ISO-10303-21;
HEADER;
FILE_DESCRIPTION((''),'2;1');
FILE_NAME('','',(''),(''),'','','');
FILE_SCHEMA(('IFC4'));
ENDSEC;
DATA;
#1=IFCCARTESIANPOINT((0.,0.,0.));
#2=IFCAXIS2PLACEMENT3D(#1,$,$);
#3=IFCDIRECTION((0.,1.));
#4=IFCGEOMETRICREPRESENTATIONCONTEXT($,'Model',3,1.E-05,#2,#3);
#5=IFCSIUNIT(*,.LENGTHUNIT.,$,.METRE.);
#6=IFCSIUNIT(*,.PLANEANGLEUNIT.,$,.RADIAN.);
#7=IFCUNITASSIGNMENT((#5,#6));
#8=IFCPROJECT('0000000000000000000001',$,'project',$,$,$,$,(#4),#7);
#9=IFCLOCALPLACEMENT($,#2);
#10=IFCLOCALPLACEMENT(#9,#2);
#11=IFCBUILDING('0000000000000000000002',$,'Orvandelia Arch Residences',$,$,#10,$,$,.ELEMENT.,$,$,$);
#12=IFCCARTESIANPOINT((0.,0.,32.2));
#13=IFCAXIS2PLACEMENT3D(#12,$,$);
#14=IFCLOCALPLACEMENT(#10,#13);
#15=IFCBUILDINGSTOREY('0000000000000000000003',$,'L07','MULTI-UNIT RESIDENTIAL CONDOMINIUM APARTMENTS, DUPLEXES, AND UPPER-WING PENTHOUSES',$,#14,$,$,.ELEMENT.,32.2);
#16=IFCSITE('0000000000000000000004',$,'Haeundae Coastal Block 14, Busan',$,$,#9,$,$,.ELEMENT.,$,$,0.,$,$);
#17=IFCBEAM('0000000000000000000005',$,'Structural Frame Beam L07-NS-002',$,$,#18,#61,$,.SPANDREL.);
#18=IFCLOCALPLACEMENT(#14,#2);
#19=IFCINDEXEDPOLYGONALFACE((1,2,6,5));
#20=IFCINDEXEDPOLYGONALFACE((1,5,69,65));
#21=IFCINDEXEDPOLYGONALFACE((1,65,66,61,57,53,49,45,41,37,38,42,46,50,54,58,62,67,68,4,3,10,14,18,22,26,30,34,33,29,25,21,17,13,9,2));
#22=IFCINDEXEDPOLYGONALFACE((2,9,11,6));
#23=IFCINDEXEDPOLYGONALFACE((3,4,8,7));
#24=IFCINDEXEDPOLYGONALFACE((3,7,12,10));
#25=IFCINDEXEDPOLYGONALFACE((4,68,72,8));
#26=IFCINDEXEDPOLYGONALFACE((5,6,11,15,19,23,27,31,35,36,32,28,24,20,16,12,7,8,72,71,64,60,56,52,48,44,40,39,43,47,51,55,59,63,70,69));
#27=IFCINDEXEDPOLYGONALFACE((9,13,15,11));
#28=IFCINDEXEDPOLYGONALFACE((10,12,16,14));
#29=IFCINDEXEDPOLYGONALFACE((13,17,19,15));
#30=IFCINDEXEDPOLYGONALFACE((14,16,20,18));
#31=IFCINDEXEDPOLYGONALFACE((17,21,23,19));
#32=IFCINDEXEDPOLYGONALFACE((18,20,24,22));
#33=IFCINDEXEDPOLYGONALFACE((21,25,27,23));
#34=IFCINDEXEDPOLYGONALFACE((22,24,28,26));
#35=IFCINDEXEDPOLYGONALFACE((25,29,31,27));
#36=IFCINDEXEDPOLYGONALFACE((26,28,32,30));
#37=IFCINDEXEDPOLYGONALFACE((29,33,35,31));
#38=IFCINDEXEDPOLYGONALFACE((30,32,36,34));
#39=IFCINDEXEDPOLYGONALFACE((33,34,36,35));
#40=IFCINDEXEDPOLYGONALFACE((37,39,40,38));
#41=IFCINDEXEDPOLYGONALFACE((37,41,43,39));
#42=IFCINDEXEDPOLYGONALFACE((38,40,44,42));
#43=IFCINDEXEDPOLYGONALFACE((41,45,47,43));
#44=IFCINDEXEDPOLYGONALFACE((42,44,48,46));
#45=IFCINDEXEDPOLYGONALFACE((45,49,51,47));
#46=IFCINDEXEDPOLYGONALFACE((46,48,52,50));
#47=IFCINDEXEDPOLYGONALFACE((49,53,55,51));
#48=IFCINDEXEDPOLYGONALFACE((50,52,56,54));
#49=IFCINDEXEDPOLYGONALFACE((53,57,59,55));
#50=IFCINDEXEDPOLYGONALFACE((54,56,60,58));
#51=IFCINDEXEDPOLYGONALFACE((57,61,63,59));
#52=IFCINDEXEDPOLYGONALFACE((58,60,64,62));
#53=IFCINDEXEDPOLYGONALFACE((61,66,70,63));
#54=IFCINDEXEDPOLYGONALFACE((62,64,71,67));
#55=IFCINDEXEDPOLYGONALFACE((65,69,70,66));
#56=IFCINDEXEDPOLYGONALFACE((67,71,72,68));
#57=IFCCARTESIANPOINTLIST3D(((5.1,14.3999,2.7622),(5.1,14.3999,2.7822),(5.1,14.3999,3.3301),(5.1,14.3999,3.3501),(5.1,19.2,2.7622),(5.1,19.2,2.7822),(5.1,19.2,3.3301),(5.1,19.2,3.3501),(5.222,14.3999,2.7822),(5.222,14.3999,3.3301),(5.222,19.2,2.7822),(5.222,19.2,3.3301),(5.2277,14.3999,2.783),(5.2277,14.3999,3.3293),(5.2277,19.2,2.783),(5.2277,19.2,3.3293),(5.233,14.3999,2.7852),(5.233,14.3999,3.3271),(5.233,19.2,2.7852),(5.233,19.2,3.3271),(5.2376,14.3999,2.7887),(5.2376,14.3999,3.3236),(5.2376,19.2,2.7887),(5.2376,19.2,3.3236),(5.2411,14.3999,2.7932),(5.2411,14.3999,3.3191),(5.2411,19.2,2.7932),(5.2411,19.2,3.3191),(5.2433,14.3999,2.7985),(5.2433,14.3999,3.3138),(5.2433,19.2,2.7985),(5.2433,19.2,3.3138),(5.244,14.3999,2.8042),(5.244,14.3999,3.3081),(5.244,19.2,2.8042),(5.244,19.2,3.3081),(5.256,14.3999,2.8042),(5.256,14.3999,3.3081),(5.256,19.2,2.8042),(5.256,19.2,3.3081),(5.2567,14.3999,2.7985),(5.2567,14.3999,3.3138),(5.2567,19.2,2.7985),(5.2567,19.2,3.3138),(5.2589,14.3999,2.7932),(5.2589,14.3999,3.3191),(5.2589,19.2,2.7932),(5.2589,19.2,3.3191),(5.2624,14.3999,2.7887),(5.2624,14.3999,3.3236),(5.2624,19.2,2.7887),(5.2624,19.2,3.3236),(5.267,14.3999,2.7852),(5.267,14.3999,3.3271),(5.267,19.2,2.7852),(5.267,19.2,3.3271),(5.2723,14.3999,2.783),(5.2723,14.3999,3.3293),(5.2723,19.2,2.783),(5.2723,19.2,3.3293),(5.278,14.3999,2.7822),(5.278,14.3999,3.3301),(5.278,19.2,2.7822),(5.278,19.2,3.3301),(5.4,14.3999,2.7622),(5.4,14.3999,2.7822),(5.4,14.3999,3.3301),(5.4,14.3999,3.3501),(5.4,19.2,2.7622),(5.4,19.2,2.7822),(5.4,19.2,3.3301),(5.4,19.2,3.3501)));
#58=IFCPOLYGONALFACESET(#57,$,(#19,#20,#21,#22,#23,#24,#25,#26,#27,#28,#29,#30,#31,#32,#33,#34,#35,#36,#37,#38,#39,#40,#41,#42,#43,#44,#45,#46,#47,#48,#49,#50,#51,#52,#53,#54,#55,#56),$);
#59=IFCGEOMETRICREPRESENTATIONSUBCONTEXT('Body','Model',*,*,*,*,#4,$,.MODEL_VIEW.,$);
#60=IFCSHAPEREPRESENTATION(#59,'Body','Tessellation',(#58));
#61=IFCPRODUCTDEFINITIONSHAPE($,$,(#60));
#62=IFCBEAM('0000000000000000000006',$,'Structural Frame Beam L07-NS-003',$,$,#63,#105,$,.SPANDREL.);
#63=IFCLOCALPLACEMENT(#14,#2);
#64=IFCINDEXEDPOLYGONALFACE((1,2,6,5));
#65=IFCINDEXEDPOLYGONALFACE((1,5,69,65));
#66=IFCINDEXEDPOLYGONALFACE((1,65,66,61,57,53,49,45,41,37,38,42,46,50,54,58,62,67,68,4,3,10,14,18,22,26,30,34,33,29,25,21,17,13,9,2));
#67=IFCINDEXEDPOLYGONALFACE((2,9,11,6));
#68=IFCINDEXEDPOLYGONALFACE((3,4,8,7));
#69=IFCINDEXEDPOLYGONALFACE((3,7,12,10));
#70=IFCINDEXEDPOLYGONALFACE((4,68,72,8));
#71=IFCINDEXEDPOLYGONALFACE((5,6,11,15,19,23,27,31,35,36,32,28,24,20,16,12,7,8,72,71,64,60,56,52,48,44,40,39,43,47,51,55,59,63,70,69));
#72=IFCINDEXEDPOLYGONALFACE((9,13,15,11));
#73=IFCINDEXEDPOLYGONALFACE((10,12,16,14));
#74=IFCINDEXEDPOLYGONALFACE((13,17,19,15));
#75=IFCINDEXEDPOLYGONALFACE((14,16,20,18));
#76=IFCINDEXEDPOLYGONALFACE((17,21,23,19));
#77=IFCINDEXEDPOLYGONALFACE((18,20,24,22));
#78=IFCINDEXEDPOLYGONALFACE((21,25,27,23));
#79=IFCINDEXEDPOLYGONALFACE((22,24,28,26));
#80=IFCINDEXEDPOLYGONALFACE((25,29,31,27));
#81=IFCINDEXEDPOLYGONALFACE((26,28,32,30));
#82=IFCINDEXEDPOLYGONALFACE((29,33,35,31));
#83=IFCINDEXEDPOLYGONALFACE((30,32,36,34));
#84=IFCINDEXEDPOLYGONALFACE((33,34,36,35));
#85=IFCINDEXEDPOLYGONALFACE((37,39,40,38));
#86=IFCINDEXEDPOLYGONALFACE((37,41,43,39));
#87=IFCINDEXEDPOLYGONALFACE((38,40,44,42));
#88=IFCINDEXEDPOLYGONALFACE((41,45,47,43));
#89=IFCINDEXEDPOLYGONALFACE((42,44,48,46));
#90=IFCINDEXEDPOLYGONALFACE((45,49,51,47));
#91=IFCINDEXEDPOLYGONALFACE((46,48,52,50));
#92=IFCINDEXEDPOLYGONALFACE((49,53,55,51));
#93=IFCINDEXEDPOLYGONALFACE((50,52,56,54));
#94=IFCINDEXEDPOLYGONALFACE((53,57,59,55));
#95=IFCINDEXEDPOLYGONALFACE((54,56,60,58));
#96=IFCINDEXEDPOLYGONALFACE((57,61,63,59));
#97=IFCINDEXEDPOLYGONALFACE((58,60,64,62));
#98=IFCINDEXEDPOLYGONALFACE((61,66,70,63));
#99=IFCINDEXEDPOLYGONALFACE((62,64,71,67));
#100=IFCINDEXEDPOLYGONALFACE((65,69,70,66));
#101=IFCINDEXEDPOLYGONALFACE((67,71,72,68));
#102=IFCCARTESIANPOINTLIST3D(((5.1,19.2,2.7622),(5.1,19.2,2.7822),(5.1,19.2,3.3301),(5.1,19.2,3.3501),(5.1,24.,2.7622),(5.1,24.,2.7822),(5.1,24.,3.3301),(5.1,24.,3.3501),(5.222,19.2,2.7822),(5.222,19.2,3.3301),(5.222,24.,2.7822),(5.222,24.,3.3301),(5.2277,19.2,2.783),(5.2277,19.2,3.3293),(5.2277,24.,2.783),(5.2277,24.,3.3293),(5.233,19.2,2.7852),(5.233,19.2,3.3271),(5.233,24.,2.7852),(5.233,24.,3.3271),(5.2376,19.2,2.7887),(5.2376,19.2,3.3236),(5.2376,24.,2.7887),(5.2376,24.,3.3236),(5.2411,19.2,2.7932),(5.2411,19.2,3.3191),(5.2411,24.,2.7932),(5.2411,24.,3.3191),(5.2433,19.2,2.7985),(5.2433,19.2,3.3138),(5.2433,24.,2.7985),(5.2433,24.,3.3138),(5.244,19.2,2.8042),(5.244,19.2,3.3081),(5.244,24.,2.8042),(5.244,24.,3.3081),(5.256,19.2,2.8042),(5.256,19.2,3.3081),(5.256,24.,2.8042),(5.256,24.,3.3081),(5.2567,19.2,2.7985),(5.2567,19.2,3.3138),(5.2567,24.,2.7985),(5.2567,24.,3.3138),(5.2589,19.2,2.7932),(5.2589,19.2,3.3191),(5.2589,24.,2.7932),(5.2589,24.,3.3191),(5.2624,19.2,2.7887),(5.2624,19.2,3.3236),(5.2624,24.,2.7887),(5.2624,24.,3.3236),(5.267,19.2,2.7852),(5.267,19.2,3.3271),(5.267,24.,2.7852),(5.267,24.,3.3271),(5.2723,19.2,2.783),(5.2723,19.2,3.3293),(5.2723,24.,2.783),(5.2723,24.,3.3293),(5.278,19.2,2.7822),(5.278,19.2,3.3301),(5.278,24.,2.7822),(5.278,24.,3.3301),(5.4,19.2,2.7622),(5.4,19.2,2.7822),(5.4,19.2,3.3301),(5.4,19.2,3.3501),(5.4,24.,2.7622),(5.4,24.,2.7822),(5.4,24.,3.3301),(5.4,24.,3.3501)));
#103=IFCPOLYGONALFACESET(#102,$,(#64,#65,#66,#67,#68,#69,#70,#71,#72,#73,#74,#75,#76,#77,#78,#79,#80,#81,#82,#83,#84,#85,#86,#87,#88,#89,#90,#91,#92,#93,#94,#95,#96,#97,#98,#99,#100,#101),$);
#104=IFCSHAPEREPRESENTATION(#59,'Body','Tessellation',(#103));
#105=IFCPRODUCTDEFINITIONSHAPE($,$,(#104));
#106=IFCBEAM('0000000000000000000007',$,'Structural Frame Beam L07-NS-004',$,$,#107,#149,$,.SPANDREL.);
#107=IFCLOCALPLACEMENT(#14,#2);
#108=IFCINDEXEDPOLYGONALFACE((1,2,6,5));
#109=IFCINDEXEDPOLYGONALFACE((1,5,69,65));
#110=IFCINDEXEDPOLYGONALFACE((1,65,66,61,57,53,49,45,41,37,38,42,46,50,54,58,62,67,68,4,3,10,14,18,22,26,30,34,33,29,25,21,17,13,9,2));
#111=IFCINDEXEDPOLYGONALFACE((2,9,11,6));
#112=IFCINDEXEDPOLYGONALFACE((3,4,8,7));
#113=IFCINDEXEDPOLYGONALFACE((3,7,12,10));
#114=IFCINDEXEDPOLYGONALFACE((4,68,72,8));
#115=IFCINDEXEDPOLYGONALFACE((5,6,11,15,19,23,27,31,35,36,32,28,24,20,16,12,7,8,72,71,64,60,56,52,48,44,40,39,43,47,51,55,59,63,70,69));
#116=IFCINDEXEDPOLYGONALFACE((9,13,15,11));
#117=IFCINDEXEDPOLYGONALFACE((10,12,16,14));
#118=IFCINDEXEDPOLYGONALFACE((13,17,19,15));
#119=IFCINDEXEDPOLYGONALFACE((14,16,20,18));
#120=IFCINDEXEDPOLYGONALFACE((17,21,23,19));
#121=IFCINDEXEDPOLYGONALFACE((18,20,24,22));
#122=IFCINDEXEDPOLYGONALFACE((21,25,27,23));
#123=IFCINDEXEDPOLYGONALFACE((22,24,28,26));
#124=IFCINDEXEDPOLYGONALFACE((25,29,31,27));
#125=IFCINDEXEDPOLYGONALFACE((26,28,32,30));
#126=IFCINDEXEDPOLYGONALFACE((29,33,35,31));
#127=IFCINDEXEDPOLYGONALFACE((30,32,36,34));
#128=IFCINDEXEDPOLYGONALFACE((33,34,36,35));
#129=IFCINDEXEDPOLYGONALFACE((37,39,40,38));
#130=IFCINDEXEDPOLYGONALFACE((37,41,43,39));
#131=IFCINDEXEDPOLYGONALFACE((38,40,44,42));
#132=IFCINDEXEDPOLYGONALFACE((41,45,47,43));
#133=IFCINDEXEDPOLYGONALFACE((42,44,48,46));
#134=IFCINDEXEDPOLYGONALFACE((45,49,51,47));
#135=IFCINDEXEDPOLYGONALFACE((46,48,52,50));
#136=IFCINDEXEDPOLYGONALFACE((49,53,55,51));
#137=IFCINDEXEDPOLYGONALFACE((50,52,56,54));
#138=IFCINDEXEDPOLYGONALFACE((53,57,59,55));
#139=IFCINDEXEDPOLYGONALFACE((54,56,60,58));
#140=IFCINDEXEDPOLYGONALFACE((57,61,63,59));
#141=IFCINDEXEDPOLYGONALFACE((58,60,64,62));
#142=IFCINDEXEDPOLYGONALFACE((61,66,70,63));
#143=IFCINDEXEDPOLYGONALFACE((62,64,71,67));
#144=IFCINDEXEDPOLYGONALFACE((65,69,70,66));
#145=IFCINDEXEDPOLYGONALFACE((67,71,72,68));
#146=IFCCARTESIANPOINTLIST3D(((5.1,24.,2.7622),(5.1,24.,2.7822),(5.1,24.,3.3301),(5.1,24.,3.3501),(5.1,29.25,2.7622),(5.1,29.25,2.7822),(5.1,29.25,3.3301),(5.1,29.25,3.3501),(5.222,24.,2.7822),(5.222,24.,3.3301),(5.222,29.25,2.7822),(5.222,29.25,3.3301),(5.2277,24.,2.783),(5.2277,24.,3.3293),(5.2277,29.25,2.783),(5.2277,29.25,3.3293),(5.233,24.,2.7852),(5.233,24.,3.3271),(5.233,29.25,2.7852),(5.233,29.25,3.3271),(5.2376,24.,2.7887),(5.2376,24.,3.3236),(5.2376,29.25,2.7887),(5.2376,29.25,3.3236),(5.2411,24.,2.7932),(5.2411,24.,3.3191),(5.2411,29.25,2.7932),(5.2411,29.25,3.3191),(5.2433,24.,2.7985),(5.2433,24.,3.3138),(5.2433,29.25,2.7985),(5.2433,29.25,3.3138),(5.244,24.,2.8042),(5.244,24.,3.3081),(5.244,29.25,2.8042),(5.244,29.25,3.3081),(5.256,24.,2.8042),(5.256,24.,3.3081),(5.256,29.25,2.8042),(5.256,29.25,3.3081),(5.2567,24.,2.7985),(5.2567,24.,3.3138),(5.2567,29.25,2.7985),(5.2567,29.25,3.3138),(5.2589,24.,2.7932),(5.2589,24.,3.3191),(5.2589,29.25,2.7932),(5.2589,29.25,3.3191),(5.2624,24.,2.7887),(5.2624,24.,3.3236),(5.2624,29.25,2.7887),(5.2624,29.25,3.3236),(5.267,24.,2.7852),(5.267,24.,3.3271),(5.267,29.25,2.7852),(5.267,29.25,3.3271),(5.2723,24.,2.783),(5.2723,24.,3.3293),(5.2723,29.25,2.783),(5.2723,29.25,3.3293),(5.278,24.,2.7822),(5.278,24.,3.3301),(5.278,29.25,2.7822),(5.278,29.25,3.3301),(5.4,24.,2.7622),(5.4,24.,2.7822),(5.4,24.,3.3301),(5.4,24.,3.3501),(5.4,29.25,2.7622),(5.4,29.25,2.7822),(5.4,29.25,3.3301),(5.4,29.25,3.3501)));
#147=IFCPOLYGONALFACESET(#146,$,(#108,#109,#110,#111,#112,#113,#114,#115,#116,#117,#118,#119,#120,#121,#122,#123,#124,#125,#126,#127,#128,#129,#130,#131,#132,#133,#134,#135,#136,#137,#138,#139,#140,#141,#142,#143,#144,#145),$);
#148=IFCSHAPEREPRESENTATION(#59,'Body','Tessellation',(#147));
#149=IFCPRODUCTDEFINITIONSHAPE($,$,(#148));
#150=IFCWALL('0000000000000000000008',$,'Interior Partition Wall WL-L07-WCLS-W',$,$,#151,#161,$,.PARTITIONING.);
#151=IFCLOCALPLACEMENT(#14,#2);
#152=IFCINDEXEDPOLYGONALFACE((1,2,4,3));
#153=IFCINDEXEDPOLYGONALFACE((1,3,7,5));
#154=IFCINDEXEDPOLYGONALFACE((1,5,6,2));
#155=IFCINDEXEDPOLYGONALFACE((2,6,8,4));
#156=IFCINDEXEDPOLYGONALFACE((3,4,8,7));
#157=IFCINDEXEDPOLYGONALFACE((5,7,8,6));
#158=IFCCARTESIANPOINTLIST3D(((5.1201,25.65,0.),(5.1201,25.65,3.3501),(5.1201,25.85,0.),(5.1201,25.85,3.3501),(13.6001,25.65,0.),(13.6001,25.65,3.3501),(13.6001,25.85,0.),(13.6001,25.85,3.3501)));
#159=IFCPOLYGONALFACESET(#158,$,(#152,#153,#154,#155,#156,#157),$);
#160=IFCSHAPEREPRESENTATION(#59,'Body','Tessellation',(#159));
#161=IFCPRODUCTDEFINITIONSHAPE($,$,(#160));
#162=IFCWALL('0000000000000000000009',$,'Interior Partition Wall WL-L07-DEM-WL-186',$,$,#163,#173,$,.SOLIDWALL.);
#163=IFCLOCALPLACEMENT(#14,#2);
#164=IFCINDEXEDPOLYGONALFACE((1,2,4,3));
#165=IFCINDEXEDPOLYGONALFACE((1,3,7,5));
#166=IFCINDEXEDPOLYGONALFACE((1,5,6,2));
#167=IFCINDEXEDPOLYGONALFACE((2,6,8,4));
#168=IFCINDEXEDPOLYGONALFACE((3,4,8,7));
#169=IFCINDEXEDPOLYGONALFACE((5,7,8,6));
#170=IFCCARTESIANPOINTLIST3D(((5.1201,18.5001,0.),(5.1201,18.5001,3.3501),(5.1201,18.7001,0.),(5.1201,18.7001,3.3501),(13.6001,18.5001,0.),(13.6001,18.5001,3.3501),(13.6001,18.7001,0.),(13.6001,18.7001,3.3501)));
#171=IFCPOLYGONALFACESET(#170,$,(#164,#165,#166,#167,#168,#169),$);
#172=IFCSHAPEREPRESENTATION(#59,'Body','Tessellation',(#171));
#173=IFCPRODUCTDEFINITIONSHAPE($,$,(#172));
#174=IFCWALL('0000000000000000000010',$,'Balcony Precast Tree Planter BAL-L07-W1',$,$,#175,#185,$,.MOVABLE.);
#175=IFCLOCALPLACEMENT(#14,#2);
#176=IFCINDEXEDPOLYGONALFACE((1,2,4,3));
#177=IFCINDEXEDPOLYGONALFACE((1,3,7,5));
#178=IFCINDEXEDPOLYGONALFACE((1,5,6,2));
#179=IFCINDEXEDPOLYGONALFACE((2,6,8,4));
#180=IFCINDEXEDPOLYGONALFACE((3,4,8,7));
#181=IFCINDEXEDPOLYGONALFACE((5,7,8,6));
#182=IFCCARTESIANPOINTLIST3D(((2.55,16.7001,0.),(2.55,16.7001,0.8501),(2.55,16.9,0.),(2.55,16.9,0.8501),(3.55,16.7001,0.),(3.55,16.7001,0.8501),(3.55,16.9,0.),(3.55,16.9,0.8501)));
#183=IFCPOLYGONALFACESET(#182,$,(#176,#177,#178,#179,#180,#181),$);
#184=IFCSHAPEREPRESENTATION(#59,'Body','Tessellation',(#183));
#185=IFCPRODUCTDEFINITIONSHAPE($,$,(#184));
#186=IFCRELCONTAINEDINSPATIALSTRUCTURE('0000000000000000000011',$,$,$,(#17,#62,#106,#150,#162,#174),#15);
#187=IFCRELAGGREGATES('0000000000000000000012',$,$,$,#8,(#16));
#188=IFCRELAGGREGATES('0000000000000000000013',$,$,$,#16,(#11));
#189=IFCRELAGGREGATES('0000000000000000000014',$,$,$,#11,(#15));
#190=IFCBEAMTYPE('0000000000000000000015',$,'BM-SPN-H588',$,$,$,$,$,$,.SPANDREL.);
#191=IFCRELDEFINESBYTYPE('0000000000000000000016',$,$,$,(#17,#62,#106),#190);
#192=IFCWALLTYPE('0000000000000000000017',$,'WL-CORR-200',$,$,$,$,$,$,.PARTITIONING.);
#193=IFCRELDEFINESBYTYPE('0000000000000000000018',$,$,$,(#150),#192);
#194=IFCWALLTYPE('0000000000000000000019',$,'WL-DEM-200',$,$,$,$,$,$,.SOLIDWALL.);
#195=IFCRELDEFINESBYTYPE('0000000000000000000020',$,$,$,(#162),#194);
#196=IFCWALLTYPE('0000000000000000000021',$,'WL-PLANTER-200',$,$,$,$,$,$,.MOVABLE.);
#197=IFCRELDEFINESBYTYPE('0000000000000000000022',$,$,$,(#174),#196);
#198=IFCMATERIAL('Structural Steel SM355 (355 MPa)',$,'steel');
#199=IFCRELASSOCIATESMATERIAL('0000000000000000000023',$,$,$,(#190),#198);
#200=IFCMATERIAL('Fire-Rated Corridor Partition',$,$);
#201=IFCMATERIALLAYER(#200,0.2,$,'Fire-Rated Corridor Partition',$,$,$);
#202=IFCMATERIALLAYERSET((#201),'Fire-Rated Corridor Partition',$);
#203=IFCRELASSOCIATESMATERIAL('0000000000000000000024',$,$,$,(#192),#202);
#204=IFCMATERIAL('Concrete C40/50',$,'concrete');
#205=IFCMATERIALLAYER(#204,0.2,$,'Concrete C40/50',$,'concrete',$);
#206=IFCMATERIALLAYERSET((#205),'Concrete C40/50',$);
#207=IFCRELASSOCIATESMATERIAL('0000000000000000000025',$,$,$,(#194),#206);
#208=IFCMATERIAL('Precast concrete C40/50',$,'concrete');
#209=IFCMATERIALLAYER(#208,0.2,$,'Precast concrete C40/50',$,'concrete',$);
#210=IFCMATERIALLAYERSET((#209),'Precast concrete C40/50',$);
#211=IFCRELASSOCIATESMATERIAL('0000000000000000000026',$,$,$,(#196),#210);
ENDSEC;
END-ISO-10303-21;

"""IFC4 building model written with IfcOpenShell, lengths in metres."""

from ifc_helpers import new_model, si_unit, direction, frame, frame_2d, origin, origin_2d, place, context, subcontext, project, spatial, rectangle, i_section, extrude, material, layer, layer_set, material_profile, profile_set, type_object, element, save


model = new_model("IFC4")

# Units and contexts
model_context = context("Model", 3, precision=1e-05, world=origin(), true_north=direction((0.0, 1.0)))
body_context = subcontext(model_context, "Body", "Model", "MODEL_VIEW")
ifc_project = project(units=[si_unit("LENGTHUNIT", "METRE"), si_unit("PLANEANGLEUNIT", "RADIAN")], contexts=[model_context])

# Site, building, storey
site_placement = place(None, origin())
site = spatial("IfcSite", under=ifc_project, at=site_placement, Name="Haeundae Coastal Block 14, Busan", CompositionType="ELEMENT", RefElevation=0.0)
building_placement = place(site_placement, origin())
building = spatial("IfcBuilding", under=site, at=building_placement, Name="Orvandelia Arch Residences", CompositionType="ELEMENT")
storey_placement = place(building_placement, frame((0.0, 0.0, 32.2)))
storey = spatial("IfcBuildingStorey", under=building, at=storey_placement, Name="L07", Description="MULTI-UNIT RESIDENTIAL CONDOMINIUM APARTMENTS, DUPLEXES, AND UPPER-WING PENTHOUSES", CompositionType="ELEMENT", Elevation=32.2)

# Beams
ifc_material_1 = material(Name="Structural Steel SM355 (355 MPa)", Category="steel")
ifc_material_profile_1 = material_profile(ifc_material_1, i_section(OverallWidth=0.3, OverallDepth=0.5879, WebThickness=0.012, FlangeThickness=0.02, FilletRadius=0.022, at=origin_2d()), Name="Structural Steel SM355 (355 MPa)", Category="steel")
ifc_profile_set_1 = profile_set([ifc_material_profile_1], Name="Structural Steel SM355 (355 MPa)")
beam_type_1 = type_object("IfcBeamType", Name="BM-SPN-H588", PredefinedType="SPANDREL", material=ifc_profile_set_1)
for number, where, z_axis, x_axis, name in (
    (1, (5.25, 14.3999, 3.0562), (0.0, 1.0, 0.0), (-1.0, 0.0, 0.0), "Structural Frame Beam L07-NS-002"),
    (2, (5.25, 19.2, 3.0562), (0.0, 1.0, 0.0), (-1.0, 0.0, 0.0), "Structural Frame Beam L07-NS-003"),
):
    element("IfcBeam", number, at=place(storey_placement, frame(where, z_axis=z_axis, x_axis=x_axis)), inside=storey, type_object=beam_type_1, Name=name, PredefinedType="SPANDREL", context=body_context, shape_type="SweptSolid", body=[
        extrude(i_section(OverallWidth=0.3, OverallDepth=0.5879, WebThickness=0.012, FlangeThickness=0.02, FilletRadius=0.022, at=origin_2d()), origin(), (0.0, 0.0, 1.0), 4.8),
    ])
beam_placement = place(storey_placement, frame((5.25, 24.0, 3.0562), z_axis=(0.0, 1.0, 0.0), x_axis=(-1.0, 0.0, 0.0)))
element("IfcBeam", 3, at=beam_placement, inside=storey, type_object=beam_type_1, Name="Structural Frame Beam L07-NS-004", PredefinedType="SPANDREL", context=body_context, shape_type="SweptSolid", body=[
    extrude(i_section(OverallWidth=0.3, OverallDepth=0.5879, WebThickness=0.012, FlangeThickness=0.02, FilletRadius=0.022, at=origin_2d()), origin(), (0.0, 0.0, 1.0), 5.25),
])

# Walls
ifc_material_2 = material(Name="Fire-Rated Corridor Partition")
ifc_layer_1 = layer(ifc_material_2, 0.2, Name="Fire-Rated Corridor Partition")
ifc_layer_set_1 = layer_set([ifc_layer_1], Name="Fire-Rated Corridor Partition")
wall_type_1 = type_object("IfcWallType", Name="WL-CORR-200", PredefinedType="PARTITIONING", material=ifc_layer_set_1)
wall_1_placement = place(storey_placement, frame((5.1201, 25.75, 0.0), z_axis=(0.0, 0.0, 1.0), x_axis=(1.0, 0.0, 0.0)))
element("IfcWall", 4, at=wall_1_placement, inside=storey, type_object=wall_type_1, Name="Interior Partition Wall WL-L07-WCLS-W", PredefinedType="PARTITIONING", context=body_context, shape_type="SweptSolid", body=[
    extrude(rectangle(XDim=8.48, YDim=0.2, at=frame_2d((4.24, 0.0))), origin(), (0.0, 0.0, 1.0), 3.3501),
])
ifc_material_3 = material(Name="Concrete C40/50", Category="concrete")
ifc_layer_2 = layer(ifc_material_3, 0.2, Name="Concrete C40/50", Category="concrete")
ifc_layer_set_2 = layer_set([ifc_layer_2], Name="Concrete C40/50")
wall_type_2 = type_object("IfcWallType", Name="WL-DEM-200", PredefinedType="SOLIDWALL", material=ifc_layer_set_2)
wall_2_placement = place(storey_placement, frame((5.1201, 18.6001, 0.0), z_axis=(0.0, 0.0, 1.0), x_axis=(1.0, 0.0, 0.0)))
element("IfcWall", 5, at=wall_2_placement, inside=storey, type_object=wall_type_2, Name="Interior Partition Wall WL-L07-DEM-WL-186", PredefinedType="SOLIDWALL", context=body_context, shape_type="SweptSolid", body=[
    extrude(rectangle(XDim=8.48, YDim=0.2, at=frame_2d((4.24, 0.0))), origin(), (0.0, 0.0, 1.0), 3.3501),
])
ifc_material_4 = material(Name="Precast concrete C40/50", Category="concrete")
ifc_layer_3 = layer(ifc_material_4, 0.2, Name="Precast concrete C40/50", Category="concrete")
ifc_layer_set_3 = layer_set([ifc_layer_3], Name="Precast concrete C40/50")
wall_type_3 = type_object("IfcWallType", Name="WL-PLANTER-200", PredefinedType="MOVABLE", material=ifc_layer_set_3)
wall_3_placement = place(storey_placement, frame((2.55, 16.8, 0.0), z_axis=(0.0, 0.0, 1.0), x_axis=(1.0, 0.0, 0.0)))
element("IfcWall", 6, at=wall_3_placement, inside=storey, type_object=wall_type_3, Name="Balcony Precast Tree Planter BAL-L07-W1", PredefinedType="MOVABLE", context=body_context, shape_type="SweptSolid", body=[
    extrude(rectangle(XDim=1.0, YDim=0.2, at=frame_2d((0.5, 0.0))), origin(), (0.0, 0.0, 1.0), 0.8501),
])

save(model, "model.ifc")
